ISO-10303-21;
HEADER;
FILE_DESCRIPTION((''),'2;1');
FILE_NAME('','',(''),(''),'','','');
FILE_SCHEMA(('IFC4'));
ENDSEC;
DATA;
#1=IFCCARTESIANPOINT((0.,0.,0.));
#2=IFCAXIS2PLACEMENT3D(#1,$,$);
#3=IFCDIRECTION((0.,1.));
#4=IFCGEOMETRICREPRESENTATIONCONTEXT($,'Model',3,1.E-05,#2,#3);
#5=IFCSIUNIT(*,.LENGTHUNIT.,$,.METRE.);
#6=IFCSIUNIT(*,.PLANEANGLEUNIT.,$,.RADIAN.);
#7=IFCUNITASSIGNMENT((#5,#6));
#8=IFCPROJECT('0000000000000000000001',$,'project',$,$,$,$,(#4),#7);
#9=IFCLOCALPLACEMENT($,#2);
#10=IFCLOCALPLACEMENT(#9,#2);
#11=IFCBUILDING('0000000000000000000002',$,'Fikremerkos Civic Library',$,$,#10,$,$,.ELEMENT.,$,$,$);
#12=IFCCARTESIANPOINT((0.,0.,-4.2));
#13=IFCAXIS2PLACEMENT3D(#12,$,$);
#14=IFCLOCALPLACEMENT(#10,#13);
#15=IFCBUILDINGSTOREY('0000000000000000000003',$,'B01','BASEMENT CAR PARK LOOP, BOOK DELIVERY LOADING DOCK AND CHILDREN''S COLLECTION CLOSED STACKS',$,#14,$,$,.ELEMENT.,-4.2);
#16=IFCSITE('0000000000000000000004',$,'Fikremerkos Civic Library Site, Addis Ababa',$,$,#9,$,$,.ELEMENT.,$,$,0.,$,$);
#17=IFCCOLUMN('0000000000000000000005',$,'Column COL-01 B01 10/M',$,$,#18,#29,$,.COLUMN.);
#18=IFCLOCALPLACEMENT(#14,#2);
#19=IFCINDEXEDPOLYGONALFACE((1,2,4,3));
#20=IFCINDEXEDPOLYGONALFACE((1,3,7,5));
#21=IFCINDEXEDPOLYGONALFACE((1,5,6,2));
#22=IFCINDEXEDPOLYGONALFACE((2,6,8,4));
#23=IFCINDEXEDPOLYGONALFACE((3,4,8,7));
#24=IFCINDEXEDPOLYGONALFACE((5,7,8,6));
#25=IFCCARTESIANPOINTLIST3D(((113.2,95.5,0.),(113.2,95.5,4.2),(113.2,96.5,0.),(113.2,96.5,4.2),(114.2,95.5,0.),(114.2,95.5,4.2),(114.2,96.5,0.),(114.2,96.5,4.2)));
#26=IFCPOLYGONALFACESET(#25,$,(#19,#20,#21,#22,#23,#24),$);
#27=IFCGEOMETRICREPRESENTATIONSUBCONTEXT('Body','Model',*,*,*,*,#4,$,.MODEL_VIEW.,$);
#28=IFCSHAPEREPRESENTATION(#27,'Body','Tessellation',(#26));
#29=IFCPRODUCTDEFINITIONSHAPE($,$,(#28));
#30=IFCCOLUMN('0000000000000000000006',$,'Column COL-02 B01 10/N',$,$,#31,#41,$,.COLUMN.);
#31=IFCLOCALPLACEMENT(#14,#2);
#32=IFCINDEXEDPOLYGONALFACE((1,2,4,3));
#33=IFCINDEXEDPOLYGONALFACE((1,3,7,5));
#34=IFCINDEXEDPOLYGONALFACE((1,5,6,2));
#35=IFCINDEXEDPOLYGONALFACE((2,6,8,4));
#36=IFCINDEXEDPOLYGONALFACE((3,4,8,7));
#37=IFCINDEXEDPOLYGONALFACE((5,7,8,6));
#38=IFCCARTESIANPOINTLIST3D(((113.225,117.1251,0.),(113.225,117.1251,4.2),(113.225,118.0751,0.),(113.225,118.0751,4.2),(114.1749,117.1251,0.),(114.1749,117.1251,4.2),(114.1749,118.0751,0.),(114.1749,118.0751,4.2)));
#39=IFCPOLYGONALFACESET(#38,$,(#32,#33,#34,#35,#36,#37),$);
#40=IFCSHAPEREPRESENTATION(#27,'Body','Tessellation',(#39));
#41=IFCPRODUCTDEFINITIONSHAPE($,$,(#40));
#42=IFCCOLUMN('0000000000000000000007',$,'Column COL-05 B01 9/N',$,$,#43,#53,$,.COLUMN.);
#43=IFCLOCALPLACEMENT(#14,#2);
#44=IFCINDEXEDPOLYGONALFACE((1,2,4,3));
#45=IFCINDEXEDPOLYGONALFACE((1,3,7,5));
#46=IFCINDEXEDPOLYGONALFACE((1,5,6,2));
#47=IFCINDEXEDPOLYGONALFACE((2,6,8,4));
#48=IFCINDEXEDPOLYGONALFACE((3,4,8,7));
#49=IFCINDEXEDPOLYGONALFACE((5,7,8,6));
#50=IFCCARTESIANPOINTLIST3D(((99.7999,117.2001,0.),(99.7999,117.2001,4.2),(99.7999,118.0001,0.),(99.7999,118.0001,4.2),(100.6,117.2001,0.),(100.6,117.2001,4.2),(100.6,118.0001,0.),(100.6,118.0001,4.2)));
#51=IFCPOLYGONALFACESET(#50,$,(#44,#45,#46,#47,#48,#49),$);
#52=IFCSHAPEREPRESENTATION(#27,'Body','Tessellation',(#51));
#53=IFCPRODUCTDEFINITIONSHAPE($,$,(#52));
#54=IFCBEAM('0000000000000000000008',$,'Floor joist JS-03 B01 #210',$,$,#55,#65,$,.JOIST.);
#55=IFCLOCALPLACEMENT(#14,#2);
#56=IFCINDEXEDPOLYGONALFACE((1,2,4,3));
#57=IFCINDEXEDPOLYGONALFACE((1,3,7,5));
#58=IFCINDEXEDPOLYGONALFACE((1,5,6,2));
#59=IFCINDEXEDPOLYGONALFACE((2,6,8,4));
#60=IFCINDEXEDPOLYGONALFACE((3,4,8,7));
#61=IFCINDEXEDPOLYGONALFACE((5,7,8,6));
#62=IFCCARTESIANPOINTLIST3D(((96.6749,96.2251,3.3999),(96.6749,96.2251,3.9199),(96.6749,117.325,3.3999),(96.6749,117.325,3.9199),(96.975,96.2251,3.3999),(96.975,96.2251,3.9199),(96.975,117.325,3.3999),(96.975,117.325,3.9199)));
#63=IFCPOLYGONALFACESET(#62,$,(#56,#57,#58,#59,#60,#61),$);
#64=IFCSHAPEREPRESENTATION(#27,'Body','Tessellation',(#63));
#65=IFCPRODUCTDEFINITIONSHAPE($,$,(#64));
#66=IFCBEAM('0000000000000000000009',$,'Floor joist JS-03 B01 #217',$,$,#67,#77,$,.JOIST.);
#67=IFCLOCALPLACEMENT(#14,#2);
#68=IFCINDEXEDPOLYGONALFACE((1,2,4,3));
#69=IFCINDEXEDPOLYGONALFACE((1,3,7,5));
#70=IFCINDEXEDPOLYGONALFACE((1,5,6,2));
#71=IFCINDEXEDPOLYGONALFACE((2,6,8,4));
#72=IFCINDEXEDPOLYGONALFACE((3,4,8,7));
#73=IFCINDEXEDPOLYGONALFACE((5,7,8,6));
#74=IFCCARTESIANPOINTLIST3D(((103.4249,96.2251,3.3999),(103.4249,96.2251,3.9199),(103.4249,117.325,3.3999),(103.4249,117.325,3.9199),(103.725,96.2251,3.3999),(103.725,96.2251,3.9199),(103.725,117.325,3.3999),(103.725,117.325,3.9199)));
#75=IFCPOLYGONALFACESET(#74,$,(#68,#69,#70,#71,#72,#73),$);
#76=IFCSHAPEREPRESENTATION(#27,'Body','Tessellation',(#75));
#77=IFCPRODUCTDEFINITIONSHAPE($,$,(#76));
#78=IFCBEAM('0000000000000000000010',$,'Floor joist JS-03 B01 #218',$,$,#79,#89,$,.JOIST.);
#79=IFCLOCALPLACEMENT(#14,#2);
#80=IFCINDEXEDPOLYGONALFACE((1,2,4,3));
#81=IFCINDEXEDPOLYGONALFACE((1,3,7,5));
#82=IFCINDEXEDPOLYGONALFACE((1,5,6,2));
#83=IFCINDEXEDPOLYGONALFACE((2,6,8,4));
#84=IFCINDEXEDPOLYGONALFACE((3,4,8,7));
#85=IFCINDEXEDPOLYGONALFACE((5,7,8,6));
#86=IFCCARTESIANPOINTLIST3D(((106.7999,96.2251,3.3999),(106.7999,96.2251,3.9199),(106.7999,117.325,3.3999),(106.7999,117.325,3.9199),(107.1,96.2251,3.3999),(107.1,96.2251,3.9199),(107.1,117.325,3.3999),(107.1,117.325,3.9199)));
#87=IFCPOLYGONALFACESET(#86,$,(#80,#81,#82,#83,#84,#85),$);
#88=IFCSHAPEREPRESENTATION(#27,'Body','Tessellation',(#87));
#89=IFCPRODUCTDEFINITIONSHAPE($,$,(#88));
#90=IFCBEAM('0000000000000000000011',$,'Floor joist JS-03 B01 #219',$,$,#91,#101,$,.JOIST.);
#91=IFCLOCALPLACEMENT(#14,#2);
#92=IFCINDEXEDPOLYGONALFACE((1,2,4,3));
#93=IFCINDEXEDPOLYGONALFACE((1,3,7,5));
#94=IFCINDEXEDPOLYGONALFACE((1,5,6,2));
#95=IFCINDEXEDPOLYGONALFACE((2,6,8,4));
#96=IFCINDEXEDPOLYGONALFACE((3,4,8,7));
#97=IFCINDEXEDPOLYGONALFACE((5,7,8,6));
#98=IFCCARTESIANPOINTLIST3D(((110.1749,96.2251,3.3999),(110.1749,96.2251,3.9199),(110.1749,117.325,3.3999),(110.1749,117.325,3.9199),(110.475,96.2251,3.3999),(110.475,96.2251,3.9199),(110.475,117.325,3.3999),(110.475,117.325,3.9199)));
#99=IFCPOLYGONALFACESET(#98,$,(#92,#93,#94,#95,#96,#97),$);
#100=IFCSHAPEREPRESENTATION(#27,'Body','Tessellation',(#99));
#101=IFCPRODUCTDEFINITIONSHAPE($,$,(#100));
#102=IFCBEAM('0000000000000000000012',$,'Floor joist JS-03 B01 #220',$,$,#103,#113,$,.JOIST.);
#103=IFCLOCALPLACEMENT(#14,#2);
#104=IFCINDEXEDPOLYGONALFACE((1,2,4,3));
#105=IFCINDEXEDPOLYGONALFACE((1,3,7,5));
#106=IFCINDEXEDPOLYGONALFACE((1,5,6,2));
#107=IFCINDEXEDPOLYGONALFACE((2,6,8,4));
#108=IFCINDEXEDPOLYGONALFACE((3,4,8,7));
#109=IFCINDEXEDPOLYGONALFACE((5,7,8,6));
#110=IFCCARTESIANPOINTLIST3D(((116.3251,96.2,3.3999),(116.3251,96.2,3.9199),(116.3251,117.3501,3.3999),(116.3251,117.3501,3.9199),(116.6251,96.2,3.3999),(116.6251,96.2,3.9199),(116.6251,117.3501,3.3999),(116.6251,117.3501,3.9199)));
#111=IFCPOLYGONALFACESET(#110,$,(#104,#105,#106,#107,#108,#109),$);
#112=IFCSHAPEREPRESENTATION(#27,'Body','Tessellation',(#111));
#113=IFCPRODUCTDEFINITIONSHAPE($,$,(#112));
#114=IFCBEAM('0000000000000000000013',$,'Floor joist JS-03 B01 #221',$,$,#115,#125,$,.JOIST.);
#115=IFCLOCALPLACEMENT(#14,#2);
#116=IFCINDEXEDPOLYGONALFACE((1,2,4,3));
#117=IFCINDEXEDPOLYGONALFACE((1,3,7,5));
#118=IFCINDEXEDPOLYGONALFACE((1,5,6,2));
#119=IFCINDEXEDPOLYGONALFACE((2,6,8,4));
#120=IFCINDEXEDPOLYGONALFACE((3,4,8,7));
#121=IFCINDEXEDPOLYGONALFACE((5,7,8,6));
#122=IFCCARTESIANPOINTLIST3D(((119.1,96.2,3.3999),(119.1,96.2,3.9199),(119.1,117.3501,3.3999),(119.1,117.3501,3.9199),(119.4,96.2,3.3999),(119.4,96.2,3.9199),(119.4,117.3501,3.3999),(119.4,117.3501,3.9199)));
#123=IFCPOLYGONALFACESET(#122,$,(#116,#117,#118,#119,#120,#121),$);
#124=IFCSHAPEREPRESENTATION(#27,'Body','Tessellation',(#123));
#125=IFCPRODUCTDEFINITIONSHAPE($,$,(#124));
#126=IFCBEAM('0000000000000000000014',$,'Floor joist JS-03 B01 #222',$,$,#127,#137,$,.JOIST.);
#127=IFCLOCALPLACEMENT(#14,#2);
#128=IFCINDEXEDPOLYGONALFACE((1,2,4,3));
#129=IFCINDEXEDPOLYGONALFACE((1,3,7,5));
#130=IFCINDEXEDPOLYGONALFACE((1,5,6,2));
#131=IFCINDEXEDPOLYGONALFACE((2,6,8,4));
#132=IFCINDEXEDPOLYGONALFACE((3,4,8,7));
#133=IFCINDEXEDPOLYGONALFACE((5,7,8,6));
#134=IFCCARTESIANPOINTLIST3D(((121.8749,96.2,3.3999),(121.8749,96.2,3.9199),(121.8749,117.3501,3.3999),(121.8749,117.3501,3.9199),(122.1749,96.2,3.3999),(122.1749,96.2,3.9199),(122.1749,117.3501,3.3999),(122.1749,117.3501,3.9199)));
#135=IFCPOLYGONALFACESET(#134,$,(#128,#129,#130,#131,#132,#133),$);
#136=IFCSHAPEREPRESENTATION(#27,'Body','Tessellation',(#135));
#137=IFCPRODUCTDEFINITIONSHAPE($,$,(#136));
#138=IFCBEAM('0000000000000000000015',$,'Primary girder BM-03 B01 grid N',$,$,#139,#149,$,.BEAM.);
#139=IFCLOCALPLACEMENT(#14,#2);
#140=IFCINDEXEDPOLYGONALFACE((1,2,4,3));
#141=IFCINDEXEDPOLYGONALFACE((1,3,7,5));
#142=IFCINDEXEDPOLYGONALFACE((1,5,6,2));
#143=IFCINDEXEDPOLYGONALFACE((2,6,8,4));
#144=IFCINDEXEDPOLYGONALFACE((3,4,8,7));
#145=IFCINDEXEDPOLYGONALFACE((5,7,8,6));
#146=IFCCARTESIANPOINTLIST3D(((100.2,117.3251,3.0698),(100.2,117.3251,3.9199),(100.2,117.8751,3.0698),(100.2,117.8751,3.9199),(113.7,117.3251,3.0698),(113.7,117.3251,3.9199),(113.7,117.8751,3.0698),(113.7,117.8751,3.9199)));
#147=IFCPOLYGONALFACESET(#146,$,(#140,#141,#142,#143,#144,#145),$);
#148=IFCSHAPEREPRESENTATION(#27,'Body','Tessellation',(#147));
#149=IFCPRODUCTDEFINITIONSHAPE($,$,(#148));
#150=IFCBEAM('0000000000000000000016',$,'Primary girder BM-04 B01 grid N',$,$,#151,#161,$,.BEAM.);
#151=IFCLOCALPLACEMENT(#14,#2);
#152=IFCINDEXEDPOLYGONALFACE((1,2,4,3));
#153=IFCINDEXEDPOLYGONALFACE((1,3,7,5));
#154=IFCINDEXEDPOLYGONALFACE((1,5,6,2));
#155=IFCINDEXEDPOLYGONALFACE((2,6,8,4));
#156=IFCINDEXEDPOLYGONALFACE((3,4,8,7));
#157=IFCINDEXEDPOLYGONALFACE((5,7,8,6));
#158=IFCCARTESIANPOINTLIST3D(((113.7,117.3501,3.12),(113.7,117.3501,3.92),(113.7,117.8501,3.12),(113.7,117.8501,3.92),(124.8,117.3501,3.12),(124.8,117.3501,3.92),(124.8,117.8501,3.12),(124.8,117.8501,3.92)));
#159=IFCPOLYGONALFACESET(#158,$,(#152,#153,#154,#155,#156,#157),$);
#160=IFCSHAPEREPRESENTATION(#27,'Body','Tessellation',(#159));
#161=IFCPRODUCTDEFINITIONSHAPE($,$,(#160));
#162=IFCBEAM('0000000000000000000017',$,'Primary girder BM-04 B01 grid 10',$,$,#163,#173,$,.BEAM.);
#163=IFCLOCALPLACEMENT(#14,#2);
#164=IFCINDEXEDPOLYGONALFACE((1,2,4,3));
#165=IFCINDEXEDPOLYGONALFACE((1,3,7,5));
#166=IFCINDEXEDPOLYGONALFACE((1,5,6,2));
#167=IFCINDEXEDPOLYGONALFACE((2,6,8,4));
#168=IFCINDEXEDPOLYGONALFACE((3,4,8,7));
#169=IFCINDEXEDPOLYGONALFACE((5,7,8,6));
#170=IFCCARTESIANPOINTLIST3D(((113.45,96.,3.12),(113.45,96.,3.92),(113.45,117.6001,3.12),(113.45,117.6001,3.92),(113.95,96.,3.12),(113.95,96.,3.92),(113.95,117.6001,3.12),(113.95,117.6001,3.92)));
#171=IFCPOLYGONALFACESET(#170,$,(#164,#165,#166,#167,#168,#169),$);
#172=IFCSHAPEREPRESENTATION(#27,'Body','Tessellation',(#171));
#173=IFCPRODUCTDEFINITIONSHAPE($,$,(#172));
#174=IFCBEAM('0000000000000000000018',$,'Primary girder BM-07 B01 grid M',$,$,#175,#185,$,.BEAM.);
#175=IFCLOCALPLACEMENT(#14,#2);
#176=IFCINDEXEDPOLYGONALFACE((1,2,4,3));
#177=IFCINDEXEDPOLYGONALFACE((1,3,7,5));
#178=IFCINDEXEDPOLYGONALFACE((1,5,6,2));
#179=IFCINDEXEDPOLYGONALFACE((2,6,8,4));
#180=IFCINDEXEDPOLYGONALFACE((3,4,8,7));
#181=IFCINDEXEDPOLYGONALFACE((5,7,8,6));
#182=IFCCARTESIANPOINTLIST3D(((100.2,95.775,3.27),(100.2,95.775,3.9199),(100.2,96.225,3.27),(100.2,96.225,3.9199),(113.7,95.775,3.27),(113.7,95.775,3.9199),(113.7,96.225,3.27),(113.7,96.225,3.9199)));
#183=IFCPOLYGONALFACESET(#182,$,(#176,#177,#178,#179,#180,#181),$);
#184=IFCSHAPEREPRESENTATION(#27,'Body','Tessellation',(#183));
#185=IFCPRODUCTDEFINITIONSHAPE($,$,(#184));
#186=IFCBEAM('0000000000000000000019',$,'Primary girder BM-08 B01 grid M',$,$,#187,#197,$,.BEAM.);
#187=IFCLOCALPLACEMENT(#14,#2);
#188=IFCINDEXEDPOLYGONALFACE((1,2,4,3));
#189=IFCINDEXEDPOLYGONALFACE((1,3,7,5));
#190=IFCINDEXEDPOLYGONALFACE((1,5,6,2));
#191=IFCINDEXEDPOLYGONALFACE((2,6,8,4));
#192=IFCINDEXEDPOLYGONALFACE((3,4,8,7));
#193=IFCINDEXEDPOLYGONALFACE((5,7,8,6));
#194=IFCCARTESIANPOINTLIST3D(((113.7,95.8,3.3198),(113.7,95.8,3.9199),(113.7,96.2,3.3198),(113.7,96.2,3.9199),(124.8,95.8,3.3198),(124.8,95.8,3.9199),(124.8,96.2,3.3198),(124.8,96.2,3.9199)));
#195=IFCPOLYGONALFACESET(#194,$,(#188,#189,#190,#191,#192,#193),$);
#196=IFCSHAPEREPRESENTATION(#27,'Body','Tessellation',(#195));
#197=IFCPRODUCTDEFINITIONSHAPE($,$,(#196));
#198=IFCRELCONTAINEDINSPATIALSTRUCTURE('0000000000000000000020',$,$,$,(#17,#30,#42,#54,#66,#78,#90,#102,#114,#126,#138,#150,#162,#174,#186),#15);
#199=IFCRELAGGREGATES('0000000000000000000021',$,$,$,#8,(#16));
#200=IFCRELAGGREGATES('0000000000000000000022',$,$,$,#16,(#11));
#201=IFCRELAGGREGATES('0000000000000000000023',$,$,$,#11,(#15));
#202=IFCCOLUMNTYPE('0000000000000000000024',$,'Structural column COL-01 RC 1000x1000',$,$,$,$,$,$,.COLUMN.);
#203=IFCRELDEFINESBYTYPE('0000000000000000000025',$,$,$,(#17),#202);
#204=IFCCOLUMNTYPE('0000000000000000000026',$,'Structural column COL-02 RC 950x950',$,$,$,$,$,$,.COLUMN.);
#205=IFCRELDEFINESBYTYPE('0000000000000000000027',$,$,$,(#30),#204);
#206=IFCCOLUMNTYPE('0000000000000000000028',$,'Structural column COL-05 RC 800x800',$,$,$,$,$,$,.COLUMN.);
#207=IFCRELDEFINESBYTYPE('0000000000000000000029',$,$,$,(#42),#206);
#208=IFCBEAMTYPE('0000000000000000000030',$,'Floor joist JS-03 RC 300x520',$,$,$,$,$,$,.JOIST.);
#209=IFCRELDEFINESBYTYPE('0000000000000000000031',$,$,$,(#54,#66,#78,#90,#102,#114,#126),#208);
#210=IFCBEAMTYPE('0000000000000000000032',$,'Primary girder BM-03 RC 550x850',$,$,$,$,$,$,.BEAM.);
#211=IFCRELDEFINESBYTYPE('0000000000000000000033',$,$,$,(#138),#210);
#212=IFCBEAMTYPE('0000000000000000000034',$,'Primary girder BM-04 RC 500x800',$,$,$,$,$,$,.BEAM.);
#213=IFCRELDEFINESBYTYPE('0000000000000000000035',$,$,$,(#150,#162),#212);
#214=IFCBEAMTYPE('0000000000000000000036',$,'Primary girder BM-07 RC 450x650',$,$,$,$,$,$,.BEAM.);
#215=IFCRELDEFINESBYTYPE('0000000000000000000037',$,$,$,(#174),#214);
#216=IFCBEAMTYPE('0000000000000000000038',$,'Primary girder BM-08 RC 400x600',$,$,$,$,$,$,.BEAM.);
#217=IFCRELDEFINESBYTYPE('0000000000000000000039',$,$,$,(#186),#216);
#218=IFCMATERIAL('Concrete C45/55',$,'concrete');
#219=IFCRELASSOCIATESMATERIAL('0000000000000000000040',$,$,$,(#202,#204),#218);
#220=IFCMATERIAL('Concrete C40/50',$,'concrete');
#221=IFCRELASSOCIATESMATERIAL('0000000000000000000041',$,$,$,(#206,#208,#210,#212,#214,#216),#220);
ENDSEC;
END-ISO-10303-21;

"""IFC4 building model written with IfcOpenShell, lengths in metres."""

from ifc_helpers import new_model, si_unit, direction, frame, origin, origin_2d, place, context, subcontext, project, spatial, rectangle, extrude, material, material_profile, profile_set, type_object, element, save


model = new_model("IFC4")

# Units and contexts
model_context = context("Model", 3, precision=1e-05, world=origin(), true_north=direction((0.0, 1.0)))
body_context = subcontext(model_context, "Body", "Model", "MODEL_VIEW")
ifc_project = project(units=[si_unit("LENGTHUNIT", "METRE"), si_unit("PLANEANGLEUNIT", "RADIAN")], contexts=[model_context])

# Site, building, storey
site_placement = place(None, origin())
site = spatial("IfcSite", under=ifc_project, at=site_placement, Name="Fikremerkos Civic Library Site, Addis Ababa", CompositionType="ELEMENT", RefElevation=0.0)
building_placement = place(site_placement, origin())
building = spatial("IfcBuilding", under=site, at=building_placement, Name="Fikremerkos Civic Library", CompositionType="ELEMENT")
storey_placement = place(building_placement, frame((0.0, 0.0, -4.2)))
storey = spatial("IfcBuildingStorey", under=building, at=storey_placement, Name="B01", Description="BASEMENT CAR PARK LOOP, BOOK DELIVERY LOADING DOCK AND CHILDREN'S COLLECTION CLOSED STACKS", CompositionType="ELEMENT", Elevation=-4.2)

# Columns
ifc_material_1 = material(Name="Concrete C45/55", Category="concrete")
ifc_material_profile_1 = material_profile(ifc_material_1, rectangle(XDim=1.0, YDim=1.0, at=origin_2d()), Name="RC 1000x1000")
ifc_profile_set_1 = profile_set([ifc_material_profile_1], Name="Concrete C45/55")
column_type_1 = type_object("IfcColumnType", Name="Structural column COL-01 RC 1000x1000", PredefinedType="COLUMN", material=ifc_profile_set_1)
column_1_placement = place(storey_placement, frame((113.7, 96.0, 0.0), z_axis=(0.0, 0.0, 1.0), x_axis=(1.0, 0.0, 0.0)))
element("IfcColumn", 1, at=column_1_placement, inside=storey, type_object=column_type_1, Name="Column COL-01 B01 10/M", PredefinedType="COLUMN", context=body_context, shape_type="SweptSolid", body=[
    extrude(rectangle(XDim=1.0, YDim=1.0, at=origin_2d()), origin(), (0.0, 0.0, 1.0), 4.2),
])
ifc_material_profile_2 = material_profile(ifc_material_1, rectangle(XDim=0.95, YDim=0.95, at=origin_2d()), Name="RC 950x950")
ifc_profile_set_2 = profile_set([ifc_material_profile_2], Name="Concrete C45/55")
column_type_2 = type_object("IfcColumnType", Name="Structural column COL-02 RC 950x950", PredefinedType="COLUMN", material=ifc_profile_set_2)
column_2_placement = place(storey_placement, frame((113.7, 117.6001, 0.0), z_axis=(0.0, 0.0, 1.0), x_axis=(1.0, 0.0, 0.0)))
element("IfcColumn", 2, at=column_2_placement, inside=storey, type_object=column_type_2, Name="Column COL-02 B01 10/N", PredefinedType="COLUMN", context=body_context, shape_type="SweptSolid", body=[
    extrude(rectangle(XDim=0.95, YDim=0.95, at=origin_2d()), origin(), (0.0, 0.0, 1.0), 4.2),
])
ifc_material_2 = material(Name="Concrete C40/50", Category="concrete")
ifc_material_profile_3 = material_profile(ifc_material_2, rectangle(XDim=0.8, YDim=0.8, at=origin_2d()), Name="RC 800x800")
ifc_profile_set_3 = profile_set([ifc_material_profile_3], Name="Concrete C40/50")
column_type_3 = type_object("IfcColumnType", Name="Structural column COL-05 RC 800x800", PredefinedType="COLUMN", material=ifc_profile_set_3)
column_3_placement = place(storey_placement, frame((100.2, 117.6001, 0.0), z_axis=(0.0, 0.0, 1.0), x_axis=(1.0, 0.0, 0.0)))
element("IfcColumn", 3, at=column_3_placement, inside=storey, type_object=column_type_3, Name="Column COL-05 B01 9/N", PredefinedType="COLUMN", context=body_context, shape_type="SweptSolid", body=[
    extrude(rectangle(XDim=0.8, YDim=0.8, at=origin_2d()), origin(), (0.0, 0.0, 1.0), 4.2),
])

# Beams
ifc_material_profile_4 = material_profile(ifc_material_2, rectangle(XDim=0.3, YDim=0.52, at=origin_2d()), Name="RC 300x520")
ifc_profile_set_4 = profile_set([ifc_material_profile_4], Name="Concrete C40/50")
beam_type_1 = type_object("IfcBeamType", Name="Floor joist JS-03 RC 300x520", PredefinedType="JOIST", material=ifc_profile_set_4)
for number, where, z_axis, x_axis, name in (
    (4, (96.825, 96.2251, 3.6599), (0.0, 1.0, 0.0), (-1.0, 0.0, 0.0), "Floor joist JS-03 B01 #210"),
    (5, (103.575, 96.2251, 3.6599), (0.0, 1.0, 0.0), (-1.0, 0.0, 0.0), "Floor joist JS-03 B01 #217"),
    (6, (106.95, 96.2251, 3.6599), (0.0, 1.0, 0.0), (-1.0, 0.0, 0.0), "Floor joist JS-03 B01 #218"),
    (7, (110.325, 96.2251, 3.6599), (0.0, 1.0, 0.0), (-1.0, 0.0, 0.0), "Floor joist JS-03 B01 #219"),
):
    element("IfcBeam", number, at=place(storey_placement, frame(where, z_axis=z_axis, x_axis=x_axis)), inside=storey, type_object=beam_type_1, Name=name, PredefinedType="JOIST", context=body_context, shape_type="SweptSolid", body=[
        extrude(rectangle(XDim=0.3, YDim=0.52, at=origin_2d()), origin(), (0.0, 0.0, 1.0), 21.0999),
    ])
for number, where, z_axis, x_axis, name in (
    (8, (116.4751, 96.2, 3.6599), (0.0, 1.0, 0.0), (-1.0, 0.0, 0.0), "Floor joist JS-03 B01 #220"),
    (9, (119.25, 96.2, 3.6599), (0.0, 1.0, 0.0), (-1.0, 0.0, 0.0), "Floor joist JS-03 B01 #221"),
    (10, (122.0249, 96.2, 3.6599), (0.0, 1.0, 0.0), (-1.0, 0.0, 0.0), "Floor joist JS-03 B01 #222"),
):
    element("IfcBeam", number, at=place(storey_placement, frame(where, z_axis=z_axis, x_axis=x_axis)), inside=storey, type_object=beam_type_1, Name=name, PredefinedType="JOIST", context=body_context, shape_type="SweptSolid", body=[
        extrude(rectangle(XDim=0.3, YDim=0.52, at=origin_2d()), origin(), (0.0, 0.0, 1.0), 21.1501),
    ])
ifc_material_profile_5 = material_profile(ifc_material_2, rectangle(XDim=0.55, YDim=0.8501, at=origin_2d()), Name="RC 550x850")
ifc_profile_set_5 = profile_set([ifc_material_profile_5], Name="Concrete C40/50")
beam_type_2 = type_object("IfcBeamType", Name="Primary girder BM-03 RC 550x850", PredefinedType="BEAM", material=ifc_profile_set_5)
beam_1_placement = place(storey_placement, frame((100.2, 117.6001, 3.4949), z_axis=(1.0, 0.0, 0.0), x_axis=(0.0, 1.0, 0.0)))
element("IfcBeam", 11, at=beam_1_placement, inside=storey, type_object=beam_type_2, Name="Primary girder BM-03 B01 grid N", PredefinedType="BEAM", context=body_context, shape_type="SweptSolid", body=[
    extrude(rectangle(XDim=0.55, YDim=0.8501, at=origin_2d()), origin(), (0.0, 0.0, 1.0), 13.5),
])
ifc_material_profile_6 = material_profile(ifc_material_2, rectangle(XDim=0.5, YDim=0.8, at=origin_2d()), Name="RC 500x800")
ifc_profile_set_6 = profile_set([ifc_material_profile_6], Name="Concrete C40/50")
beam_type_3 = type_object("IfcBeamType", Name="Primary girder BM-04 RC 500x800", PredefinedType="BEAM", material=ifc_profile_set_6)
beam_2_placement = place(storey_placement, frame((113.7, 117.6001, 3.52), z_axis=(1.0, 0.0, 0.0), x_axis=(0.0, 1.0, 0.0)))
element("IfcBeam", 12, at=beam_2_placement, inside=storey, type_object=beam_type_3, Name="Primary girder BM-04 B01 grid N", PredefinedType="BEAM", context=body_context, shape_type="SweptSolid", body=[
    extrude(rectangle(XDim=0.5, YDim=0.8, at=origin_2d()), origin(), (0.0, 0.0, 1.0), 11.1001),
])
beam_3_placement = place(storey_placement, frame((113.7, 96.0, 3.52), z_axis=(0.0, 1.0, 0.0), x_axis=(-1.0, 0.0, 0.0)))
element("IfcBeam", 13, at=beam_3_placement, inside=storey, type_object=beam_type_3, Name="Primary girder BM-04 B01 grid 10", PredefinedType="BEAM", context=body_context, shape_type="SweptSolid", body=[
    extrude(rectangle(XDim=0.5, YDim=0.8, at=origin_2d()), origin(), (0.0, 0.0, 1.0), 21.6001),
])
ifc_material_profile_7 = material_profile(ifc_material_2, rectangle(XDim=0.45, YDim=0.6499, at=origin_2d()), Name="RC 450x650")
ifc_profile_set_7 = profile_set([ifc_material_profile_7], Name="Concrete C40/50")
beam_type_4 = type_object("IfcBeamType", Name="Primary girder BM-07 RC 450x650", PredefinedType="BEAM", material=ifc_profile_set_7)
beam_4_placement = place(storey_placement, frame((100.2, 96.0, 3.595), z_axis=(1.0, 0.0, 0.0), x_axis=(0.0, 1.0, 0.0)))
element("IfcBeam", 14, at=beam_4_placement, inside=storey, type_object=beam_type_4, Name="Primary girder BM-07 B01 grid M", PredefinedType="BEAM", context=body_context, shape_type="SweptSolid", body=[
    extrude(rectangle(XDim=0.45, YDim=0.6499, at=origin_2d()), origin(), (0.0, 0.0, 1.0), 13.5),
])
ifc_material_profile_8 = material_profile(ifc_material_2, rectangle(XDim=0.3999, YDim=0.6001, at=origin_2d()), Name="RC 400x600")
ifc_profile_set_8 = profile_set([ifc_material_profile_8], Name="Concrete C40/50")
beam_type_5 = type_object("IfcBeamType", Name="Primary girder BM-08 RC 400x600", PredefinedType="BEAM", material=ifc_profile_set_8)
beam_5_placement = place(storey_placement, frame((113.7, 96.0, 3.6199), z_axis=(1.0, 0.0, 0.0), x_axis=(0.0, 1.0, 0.0)))
element("IfcBeam", 15, at=beam_5_placement, inside=storey, type_object=beam_type_5, Name="Primary girder BM-08 B01 grid M", PredefinedType="BEAM", context=body_context, shape_type="SweptSolid", body=[
    extrude(rectangle(XDim=0.3999, YDim=0.6001, at=origin_2d()), origin(), (0.0, 0.0, 1.0), 11.1001),
])

save(model, "model.ifc")
